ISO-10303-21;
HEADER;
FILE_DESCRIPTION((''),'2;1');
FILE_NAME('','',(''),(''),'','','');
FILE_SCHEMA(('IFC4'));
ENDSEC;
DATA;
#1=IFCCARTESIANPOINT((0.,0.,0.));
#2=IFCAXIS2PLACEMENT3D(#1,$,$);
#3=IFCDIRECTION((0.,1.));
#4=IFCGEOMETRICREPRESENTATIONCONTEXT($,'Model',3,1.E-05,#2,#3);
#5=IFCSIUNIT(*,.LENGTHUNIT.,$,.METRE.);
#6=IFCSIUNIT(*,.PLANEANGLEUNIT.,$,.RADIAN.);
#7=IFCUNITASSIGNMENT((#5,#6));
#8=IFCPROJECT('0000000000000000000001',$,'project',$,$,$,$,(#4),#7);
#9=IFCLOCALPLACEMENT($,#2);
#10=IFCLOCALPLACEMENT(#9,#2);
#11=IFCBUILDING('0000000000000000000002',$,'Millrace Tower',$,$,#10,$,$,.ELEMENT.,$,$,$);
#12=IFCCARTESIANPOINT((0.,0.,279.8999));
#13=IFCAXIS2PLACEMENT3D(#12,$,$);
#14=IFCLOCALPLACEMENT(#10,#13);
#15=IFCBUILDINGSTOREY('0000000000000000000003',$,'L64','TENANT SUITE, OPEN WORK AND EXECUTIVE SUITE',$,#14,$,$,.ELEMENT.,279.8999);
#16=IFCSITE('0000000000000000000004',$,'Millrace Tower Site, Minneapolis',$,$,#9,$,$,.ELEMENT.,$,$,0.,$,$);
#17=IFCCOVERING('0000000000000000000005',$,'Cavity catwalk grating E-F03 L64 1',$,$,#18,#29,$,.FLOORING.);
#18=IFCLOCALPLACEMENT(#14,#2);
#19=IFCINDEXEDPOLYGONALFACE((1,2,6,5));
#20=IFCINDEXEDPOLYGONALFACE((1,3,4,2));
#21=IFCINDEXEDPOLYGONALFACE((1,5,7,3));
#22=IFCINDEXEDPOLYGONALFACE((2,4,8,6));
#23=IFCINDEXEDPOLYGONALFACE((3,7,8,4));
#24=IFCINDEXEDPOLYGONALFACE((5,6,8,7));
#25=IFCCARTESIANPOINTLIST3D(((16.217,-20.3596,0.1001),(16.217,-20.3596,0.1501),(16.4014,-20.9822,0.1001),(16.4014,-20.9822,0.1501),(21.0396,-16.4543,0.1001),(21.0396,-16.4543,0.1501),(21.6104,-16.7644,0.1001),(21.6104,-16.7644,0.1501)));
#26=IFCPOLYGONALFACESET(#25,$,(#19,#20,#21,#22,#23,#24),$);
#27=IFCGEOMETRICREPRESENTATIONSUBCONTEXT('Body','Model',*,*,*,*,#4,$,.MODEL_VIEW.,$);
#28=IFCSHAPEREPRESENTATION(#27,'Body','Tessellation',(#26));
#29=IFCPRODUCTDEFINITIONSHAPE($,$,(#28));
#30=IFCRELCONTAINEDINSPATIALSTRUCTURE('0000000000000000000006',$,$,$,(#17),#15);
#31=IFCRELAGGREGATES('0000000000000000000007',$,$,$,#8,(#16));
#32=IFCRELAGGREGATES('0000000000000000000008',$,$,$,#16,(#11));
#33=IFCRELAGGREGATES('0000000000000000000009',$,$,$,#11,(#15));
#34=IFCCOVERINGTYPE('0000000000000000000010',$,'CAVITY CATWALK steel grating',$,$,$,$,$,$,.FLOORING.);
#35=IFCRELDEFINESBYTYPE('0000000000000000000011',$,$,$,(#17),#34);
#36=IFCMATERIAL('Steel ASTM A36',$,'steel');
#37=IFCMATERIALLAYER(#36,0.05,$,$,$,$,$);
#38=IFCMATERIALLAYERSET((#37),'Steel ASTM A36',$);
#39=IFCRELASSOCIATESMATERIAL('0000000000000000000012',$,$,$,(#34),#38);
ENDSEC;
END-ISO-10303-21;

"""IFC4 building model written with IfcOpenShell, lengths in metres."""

from ifc_helpers import new_model, si_unit, direction, frame, origin, place, context, subcontext, project, spatial, polyline, outline, extrude, material, layer, layer_set, type_object, element, save


model = new_model("IFC4")

# Units and contexts
model_context = context("Model", 3, precision=1e-05, world=origin(), true_north=direction((0.0, 1.0)))
body_context = subcontext(model_context, "Body", "Model", "MODEL_VIEW")
ifc_project = project(units=[si_unit("LENGTHUNIT", "METRE"), si_unit("PLANEANGLEUNIT", "RADIAN")], contexts=[model_context])

# Site, building, storey
site_placement = place(None, origin())
site = spatial("IfcSite", under=ifc_project, at=site_placement, Name="Millrace Tower Site, Minneapolis", CompositionType="ELEMENT", RefElevation=0.0)
building_placement = place(site_placement, origin())
building = spatial("IfcBuilding", under=site, at=building_placement, Name="Millrace Tower", CompositionType="ELEMENT")
storey_placement = place(building_placement, frame((0.0, 0.0, 279.8999)))
storey = spatial("IfcBuildingStorey", under=building, at=storey_placement, Name="L64", Description="TENANT SUITE, OPEN WORK AND EXECUTIVE SUITE", CompositionType="ELEMENT", Elevation=279.8999)

# Covering
ifc_material_1 = material(Name="Steel ASTM A36", Category="steel")
ifc_layer_1 = layer(ifc_material_1, 0.05)
ifc_layer_set_1 = layer_set([ifc_layer_1], Name="Steel ASTM A36")
covering_type = type_object("IfcCoveringType", Name="CAVITY CATWALK steel grating", PredefinedType="FLOORING", material=ifc_layer_set_1)
placement_1 = place(storey_placement, frame((0.0, 0.0, 0.1001)))
element("IfcCovering", 1, at=placement_1, inside=storey, type_object=covering_type, Name="Cavity catwalk grating E-F03 L64 1", PredefinedType="FLOORING", context=body_context, shape_type="SweptSolid", body=[
    extrude(outline(polyline([(16.4014, -20.9822), (21.6104, -16.7644), (21.0396, -16.4543), (16.217, -20.3596), (16.4014, -20.9822)])), origin(), (0.0, 0.0, 1.0), 0.05),
])

save(model, "model.ifc")
